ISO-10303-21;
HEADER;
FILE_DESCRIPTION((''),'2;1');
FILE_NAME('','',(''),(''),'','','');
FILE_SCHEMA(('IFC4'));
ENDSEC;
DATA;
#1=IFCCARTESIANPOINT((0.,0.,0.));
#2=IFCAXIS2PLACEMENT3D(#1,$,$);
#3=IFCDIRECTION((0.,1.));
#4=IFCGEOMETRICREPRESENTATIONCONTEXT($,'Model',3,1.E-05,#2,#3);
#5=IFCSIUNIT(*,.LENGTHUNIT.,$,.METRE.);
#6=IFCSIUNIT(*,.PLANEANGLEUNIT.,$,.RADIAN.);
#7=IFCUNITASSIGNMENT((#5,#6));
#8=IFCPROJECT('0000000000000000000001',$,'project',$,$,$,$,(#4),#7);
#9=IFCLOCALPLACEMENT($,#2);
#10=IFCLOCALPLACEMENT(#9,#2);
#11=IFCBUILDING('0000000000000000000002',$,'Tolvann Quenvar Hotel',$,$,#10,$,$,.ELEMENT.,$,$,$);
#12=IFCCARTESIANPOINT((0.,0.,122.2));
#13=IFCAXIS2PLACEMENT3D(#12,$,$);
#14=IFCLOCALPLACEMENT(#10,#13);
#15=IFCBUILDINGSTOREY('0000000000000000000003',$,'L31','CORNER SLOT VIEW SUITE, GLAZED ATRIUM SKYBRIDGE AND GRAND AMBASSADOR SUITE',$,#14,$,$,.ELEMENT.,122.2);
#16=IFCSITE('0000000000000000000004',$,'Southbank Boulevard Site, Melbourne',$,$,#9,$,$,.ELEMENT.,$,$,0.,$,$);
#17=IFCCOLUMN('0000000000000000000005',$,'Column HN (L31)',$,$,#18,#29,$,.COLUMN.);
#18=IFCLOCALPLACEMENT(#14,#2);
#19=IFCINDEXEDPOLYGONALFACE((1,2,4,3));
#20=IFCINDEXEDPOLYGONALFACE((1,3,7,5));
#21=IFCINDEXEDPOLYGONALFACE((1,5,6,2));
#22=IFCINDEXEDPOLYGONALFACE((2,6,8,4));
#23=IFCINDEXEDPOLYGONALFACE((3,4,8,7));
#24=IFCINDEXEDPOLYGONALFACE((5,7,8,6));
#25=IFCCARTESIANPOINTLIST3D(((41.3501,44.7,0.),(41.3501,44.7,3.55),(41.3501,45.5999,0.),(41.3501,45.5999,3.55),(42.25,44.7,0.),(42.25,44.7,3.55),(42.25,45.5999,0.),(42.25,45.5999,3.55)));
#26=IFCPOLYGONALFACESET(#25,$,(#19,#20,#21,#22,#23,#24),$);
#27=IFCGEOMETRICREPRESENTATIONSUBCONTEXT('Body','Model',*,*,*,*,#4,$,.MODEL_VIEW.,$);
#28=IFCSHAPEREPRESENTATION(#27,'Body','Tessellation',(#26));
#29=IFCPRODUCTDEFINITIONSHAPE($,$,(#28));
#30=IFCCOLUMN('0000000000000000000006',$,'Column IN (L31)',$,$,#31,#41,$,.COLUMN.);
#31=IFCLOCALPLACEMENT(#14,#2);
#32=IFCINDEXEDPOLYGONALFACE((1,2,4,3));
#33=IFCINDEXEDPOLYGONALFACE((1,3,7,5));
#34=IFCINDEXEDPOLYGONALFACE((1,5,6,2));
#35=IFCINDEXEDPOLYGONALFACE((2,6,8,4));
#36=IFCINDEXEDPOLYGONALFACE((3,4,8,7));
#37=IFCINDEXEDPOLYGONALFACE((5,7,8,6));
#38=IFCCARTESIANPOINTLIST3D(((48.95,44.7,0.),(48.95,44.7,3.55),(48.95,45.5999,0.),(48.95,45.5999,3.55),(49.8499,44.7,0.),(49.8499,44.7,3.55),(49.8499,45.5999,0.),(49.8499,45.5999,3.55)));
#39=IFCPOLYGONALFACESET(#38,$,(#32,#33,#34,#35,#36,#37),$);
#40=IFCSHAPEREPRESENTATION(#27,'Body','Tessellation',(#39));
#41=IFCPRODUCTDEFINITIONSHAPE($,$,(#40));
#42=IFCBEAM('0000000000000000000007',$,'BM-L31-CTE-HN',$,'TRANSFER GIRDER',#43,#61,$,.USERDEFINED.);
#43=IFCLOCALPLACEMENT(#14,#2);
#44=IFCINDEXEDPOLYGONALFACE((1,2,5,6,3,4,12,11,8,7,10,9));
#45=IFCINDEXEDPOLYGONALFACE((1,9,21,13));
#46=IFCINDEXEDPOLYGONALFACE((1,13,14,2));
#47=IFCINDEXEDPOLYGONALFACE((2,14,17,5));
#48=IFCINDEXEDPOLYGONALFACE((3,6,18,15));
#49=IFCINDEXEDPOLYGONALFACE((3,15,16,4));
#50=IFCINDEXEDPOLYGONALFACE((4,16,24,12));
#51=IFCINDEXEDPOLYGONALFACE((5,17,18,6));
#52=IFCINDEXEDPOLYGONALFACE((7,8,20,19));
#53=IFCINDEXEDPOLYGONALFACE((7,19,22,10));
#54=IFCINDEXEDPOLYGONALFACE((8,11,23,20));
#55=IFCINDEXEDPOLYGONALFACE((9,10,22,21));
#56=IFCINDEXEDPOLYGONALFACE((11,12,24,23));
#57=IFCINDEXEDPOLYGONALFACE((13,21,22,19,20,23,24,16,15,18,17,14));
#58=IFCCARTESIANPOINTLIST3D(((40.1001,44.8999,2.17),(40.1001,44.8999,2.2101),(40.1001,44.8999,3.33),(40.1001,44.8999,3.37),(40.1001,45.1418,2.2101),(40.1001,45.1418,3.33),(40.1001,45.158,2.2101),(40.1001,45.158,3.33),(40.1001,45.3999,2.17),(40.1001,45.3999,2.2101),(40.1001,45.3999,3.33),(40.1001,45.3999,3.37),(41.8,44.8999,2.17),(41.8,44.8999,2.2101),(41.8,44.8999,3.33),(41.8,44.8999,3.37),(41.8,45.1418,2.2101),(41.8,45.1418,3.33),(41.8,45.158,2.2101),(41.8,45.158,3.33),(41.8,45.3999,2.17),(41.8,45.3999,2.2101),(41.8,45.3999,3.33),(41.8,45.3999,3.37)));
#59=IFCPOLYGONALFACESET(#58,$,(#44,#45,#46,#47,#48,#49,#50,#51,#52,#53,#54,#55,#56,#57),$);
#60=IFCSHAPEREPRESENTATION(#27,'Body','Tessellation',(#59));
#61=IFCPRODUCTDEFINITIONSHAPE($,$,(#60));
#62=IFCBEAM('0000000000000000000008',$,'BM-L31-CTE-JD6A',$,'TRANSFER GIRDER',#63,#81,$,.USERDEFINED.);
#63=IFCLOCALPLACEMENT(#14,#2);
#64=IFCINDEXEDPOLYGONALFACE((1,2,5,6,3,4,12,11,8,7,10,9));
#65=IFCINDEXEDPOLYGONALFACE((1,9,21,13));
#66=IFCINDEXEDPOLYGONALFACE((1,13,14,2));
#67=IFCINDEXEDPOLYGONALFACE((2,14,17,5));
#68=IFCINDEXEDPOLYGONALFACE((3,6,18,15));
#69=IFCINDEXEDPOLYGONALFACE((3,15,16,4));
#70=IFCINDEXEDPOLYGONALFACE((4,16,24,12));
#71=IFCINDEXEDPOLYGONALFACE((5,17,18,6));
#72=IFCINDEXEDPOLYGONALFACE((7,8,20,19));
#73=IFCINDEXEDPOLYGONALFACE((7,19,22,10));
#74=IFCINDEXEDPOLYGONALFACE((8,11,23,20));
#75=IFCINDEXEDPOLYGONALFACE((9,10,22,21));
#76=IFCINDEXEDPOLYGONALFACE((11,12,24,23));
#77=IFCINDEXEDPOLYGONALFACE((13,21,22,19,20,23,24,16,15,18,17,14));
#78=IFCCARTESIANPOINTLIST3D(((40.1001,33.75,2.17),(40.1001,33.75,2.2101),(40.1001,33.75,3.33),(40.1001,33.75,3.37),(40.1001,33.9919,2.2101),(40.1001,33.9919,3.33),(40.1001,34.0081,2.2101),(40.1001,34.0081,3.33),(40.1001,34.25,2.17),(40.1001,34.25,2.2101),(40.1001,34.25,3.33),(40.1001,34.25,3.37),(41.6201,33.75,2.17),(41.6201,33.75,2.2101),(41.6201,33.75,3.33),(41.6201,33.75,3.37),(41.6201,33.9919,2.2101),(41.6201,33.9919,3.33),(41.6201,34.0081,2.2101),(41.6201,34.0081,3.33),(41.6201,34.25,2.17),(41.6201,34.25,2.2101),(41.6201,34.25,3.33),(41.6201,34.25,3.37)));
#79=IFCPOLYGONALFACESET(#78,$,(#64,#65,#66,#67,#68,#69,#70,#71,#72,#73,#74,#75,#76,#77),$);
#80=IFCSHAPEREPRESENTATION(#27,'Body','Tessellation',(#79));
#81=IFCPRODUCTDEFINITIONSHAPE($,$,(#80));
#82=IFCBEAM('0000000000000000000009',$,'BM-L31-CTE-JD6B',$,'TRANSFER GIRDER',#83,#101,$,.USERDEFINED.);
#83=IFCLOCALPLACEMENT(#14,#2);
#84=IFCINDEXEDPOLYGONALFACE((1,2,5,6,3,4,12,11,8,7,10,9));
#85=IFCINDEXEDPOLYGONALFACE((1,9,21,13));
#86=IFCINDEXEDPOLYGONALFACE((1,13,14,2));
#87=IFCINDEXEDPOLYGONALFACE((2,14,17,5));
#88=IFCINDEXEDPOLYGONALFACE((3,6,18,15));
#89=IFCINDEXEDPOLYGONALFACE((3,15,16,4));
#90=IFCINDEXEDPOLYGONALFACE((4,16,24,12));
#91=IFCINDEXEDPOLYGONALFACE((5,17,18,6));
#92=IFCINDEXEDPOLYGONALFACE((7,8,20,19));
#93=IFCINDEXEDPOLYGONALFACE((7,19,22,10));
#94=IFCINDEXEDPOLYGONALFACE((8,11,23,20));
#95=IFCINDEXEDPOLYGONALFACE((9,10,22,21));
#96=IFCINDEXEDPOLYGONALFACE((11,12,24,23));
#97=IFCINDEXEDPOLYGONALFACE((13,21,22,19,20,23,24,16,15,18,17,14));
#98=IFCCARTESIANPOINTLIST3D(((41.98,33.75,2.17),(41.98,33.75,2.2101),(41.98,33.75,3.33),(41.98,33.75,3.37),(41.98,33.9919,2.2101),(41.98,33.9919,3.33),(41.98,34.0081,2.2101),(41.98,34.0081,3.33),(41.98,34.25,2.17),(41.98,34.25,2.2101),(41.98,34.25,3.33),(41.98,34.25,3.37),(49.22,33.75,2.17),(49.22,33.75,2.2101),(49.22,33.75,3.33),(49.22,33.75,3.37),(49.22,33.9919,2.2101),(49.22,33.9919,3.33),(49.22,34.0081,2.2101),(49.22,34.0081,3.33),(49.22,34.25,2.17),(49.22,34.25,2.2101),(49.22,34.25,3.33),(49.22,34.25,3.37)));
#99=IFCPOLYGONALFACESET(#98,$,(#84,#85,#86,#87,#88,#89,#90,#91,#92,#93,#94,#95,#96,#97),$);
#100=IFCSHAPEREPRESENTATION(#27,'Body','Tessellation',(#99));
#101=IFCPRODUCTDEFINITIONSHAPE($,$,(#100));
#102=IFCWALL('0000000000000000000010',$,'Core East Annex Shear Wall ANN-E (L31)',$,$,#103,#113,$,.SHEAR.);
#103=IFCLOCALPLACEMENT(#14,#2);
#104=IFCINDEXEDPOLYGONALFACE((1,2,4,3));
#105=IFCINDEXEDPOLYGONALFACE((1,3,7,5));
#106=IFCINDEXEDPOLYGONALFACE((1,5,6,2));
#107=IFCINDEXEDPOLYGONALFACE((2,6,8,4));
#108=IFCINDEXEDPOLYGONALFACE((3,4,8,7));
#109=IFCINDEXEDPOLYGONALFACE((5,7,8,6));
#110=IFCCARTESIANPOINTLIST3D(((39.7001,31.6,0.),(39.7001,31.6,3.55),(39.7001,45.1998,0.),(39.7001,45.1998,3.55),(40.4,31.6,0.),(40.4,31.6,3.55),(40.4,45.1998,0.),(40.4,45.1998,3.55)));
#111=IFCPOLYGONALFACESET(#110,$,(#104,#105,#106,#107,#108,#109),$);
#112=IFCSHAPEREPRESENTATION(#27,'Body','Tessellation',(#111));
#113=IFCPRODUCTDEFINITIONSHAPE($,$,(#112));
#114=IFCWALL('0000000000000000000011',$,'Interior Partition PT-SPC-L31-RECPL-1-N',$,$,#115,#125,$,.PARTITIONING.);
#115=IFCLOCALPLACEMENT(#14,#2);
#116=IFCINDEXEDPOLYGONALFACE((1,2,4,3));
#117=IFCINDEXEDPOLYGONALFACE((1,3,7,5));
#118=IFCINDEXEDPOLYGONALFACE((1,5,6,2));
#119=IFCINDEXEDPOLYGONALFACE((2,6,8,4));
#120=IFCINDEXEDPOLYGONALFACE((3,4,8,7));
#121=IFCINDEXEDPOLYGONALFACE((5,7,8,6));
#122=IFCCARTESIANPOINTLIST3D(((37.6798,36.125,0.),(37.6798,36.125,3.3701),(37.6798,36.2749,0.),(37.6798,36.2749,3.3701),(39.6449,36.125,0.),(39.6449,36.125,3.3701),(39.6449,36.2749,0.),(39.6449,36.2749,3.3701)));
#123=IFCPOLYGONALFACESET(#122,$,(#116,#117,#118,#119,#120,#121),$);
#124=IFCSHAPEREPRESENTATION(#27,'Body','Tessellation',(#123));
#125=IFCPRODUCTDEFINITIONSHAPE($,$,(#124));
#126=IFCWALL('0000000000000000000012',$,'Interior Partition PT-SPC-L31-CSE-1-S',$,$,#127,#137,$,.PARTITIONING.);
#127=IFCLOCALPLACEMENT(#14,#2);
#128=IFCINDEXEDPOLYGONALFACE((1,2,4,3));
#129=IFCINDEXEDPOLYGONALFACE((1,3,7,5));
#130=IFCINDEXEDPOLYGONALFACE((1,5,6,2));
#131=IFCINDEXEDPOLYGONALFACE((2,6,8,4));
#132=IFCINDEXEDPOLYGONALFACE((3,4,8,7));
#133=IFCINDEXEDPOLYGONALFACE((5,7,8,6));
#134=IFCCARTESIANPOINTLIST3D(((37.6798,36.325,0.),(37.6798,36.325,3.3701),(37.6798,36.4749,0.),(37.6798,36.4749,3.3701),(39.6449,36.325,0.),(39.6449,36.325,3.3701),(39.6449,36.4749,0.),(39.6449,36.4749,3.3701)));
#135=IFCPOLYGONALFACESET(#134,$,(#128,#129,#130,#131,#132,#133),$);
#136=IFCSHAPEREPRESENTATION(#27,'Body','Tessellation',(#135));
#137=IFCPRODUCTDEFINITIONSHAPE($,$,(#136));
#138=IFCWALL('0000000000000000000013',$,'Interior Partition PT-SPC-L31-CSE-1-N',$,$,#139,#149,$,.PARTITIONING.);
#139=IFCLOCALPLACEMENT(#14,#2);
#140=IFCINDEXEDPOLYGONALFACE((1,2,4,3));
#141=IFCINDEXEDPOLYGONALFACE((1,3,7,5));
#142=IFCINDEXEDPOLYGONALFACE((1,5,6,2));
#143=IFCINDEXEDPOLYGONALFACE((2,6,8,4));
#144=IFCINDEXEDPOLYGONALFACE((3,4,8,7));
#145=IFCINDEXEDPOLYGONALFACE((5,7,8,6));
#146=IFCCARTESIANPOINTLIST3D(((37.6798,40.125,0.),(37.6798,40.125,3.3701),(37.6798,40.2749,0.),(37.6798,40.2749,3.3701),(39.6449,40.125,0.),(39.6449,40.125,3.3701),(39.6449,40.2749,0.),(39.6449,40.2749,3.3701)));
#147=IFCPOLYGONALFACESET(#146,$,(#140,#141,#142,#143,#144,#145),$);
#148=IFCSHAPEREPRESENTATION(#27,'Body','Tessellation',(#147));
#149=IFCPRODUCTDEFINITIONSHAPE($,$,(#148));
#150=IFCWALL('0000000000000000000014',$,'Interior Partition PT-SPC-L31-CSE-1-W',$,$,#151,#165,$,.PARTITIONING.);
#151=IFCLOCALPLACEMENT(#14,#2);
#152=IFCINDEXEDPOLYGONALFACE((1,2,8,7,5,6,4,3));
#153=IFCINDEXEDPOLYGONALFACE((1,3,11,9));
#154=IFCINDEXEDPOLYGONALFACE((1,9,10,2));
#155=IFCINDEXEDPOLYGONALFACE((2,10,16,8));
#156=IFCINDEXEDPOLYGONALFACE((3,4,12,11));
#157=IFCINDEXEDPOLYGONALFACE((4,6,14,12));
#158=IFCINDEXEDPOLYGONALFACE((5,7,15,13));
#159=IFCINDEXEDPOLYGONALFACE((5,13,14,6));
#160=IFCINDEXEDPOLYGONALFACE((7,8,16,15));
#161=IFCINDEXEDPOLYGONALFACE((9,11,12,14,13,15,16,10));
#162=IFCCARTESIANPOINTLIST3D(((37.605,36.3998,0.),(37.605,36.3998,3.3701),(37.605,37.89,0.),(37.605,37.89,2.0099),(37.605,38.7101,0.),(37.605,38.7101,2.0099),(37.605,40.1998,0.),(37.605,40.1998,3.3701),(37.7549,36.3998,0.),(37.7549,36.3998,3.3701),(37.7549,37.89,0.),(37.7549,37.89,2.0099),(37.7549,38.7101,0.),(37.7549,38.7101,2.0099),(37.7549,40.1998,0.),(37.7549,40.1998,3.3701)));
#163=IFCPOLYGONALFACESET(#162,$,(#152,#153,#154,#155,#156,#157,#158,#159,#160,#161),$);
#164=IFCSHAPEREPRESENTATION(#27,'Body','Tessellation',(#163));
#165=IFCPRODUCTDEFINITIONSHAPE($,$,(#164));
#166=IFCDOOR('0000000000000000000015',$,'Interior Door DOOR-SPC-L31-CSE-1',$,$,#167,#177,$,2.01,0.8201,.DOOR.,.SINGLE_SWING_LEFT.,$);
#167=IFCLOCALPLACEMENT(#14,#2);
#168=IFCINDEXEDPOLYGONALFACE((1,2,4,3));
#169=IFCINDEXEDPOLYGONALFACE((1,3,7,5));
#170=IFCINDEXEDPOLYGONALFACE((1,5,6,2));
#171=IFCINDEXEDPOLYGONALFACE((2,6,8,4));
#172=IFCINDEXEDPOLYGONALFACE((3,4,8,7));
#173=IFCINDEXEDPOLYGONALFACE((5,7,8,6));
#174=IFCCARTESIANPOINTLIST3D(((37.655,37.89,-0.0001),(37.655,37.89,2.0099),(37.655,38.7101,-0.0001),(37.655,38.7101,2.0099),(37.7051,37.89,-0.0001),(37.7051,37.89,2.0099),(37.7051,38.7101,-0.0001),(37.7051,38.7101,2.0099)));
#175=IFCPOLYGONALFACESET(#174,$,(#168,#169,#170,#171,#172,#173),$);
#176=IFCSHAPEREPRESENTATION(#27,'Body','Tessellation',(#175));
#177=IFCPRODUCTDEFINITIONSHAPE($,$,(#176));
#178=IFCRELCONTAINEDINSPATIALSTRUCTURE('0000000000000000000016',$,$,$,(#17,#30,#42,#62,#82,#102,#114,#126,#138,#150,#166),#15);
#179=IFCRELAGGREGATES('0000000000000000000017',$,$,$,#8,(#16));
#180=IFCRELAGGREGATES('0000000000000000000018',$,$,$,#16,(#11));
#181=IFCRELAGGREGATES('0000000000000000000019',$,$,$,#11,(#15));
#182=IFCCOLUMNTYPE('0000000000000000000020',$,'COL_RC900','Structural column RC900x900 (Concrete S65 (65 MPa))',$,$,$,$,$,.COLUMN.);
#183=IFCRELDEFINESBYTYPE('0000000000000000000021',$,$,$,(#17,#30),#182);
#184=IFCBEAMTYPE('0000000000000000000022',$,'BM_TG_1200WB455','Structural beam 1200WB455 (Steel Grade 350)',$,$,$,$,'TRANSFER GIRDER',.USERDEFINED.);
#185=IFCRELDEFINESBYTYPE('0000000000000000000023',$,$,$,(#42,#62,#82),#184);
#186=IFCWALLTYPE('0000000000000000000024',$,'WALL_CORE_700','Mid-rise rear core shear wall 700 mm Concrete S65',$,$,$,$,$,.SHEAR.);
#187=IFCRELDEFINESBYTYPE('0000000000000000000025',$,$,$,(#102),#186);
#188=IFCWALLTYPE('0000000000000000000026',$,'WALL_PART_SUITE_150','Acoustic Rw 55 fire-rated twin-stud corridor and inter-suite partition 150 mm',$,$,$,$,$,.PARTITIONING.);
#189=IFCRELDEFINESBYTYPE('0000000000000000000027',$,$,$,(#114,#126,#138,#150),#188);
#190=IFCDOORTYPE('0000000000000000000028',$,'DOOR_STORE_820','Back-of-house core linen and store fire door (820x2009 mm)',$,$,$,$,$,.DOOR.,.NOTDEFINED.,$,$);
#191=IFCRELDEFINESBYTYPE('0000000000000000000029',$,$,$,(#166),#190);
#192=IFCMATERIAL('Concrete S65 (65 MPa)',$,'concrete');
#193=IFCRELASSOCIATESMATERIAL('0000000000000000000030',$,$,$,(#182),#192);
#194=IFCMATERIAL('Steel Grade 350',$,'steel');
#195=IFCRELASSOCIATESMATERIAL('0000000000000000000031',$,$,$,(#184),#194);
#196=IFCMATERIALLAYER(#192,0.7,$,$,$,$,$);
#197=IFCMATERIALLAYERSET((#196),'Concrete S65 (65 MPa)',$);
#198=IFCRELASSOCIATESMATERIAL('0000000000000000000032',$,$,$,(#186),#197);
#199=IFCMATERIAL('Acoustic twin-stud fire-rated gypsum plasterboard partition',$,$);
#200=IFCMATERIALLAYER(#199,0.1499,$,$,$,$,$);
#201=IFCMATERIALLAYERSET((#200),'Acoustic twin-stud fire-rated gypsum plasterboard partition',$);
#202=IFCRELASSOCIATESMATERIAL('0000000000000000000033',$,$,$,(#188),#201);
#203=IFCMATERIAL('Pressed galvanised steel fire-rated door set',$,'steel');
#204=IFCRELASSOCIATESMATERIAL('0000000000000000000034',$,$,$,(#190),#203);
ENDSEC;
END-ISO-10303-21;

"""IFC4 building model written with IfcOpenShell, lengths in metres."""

from ifc_helpers import new_model, si_unit, direction, frame, frame_2d, origin, origin_2d, place, context, subcontext, project, spatial, rectangle, i_section, extrude, source, transform, mapped, material, layer, layer_set, material_profile, profile_set, type_object, type_shapes, element, fill, save


model = new_model("IFC4")

# Units and contexts
model_context = context("Model", 3, precision=1e-05, world=origin(), true_north=direction((0.0, 1.0)))
body_context = subcontext(model_context, "Body", "Model", "MODEL_VIEW")
ifc_project = project(units=[si_unit("LENGTHUNIT", "METRE"), si_unit("PLANEANGLEUNIT", "RADIAN")], contexts=[model_context])

# Site, building, storey
site_placement = place(None, origin())
site = spatial("IfcSite", under=ifc_project, at=site_placement, Name="Southbank Boulevard Site, Melbourne", CompositionType="ELEMENT", RefElevation=0.0)
building_placement = place(site_placement, origin())
building = spatial("IfcBuilding", under=site, at=building_placement, Name="Tolvann Quenvar Hotel", CompositionType="ELEMENT")
storey_placement = place(building_placement, frame((0.0, 0.0, 122.2)))
storey = spatial("IfcBuildingStorey", under=building, at=storey_placement, Name="L31", Description="CORNER SLOT VIEW SUITE, GLAZED ATRIUM SKYBRIDGE AND GRAND AMBASSADOR SUITE", CompositionType="ELEMENT", Elevation=122.2)

# Columns
ifc_material_1 = material(Name="Concrete S65 (65 MPa)", Category="concrete")
ifc_material_profile_1 = material_profile(ifc_material_1, rectangle(XDim=0.8999, YDim=0.8999, at=origin_2d()), Name="RC900x900")
ifc_profile_set_1 = profile_set([ifc_material_profile_1], Name="Concrete S65 (65 MPa)")
column_type = type_object("IfcColumnType", Name="COL_RC900", Description="Structural column RC900x900 (Concrete S65 (65 MPa))", PredefinedType="COLUMN", material=ifc_profile_set_1)
shared_shape_1 = source(origin(), body_context, "Body", "SweptSolid", [
    extrude(rectangle(XDim=0.8999, YDim=0.8999, at=origin_2d()), origin(), (0.0, 0.0, 1.0), 3.55),
])
type_shapes(column_type, [shared_shape_1])
for number, where, z_axis, x_axis, name in (
    (1, (41.8, 45.1499, 0.0), (0.0, 0.0, 1.0), (1.0, 0.0, 0.0), "Column HN (L31)"),
    (2, (49.3999, 45.1499, 0.0), (0.0, 0.0, 1.0), (1.0, 0.0, 0.0), "Column IN (L31)"),
):
    element("IfcColumn", number, at=place(storey_placement, frame(where, z_axis=z_axis, x_axis=x_axis)), inside=storey, type_object=column_type, Name=name, PredefinedType="COLUMN", context=body_context, shape_type="MappedRepresentation", body=[
        mapped(shared_shape_1, transform((0.0, 0.0, 0.0), x_axis=(1.0, 0.0, 0.0), y_axis=(0.0, 1.0, 0.0), z_axis=(0.0, 0.0, 1.0), scale=1.0)),
    ])

# Beams
ifc_material_2 = material(Name="Steel Grade 350", Category="steel")
ifc_material_profile_2 = material_profile(ifc_material_2, i_section(OverallWidth=0.5, OverallDepth=1.2, WebThickness=0.0161, FlangeThickness=0.04, at=origin_2d()), Name="1200WB455")
ifc_profile_set_2 = profile_set([ifc_material_profile_2], Name="Steel Grade 350")
beam_type = type_object("IfcBeamType", Name="BM_TG_1200WB455", Description="Structural beam 1200WB455 (Steel Grade 350)", ElementType="TRANSFER GIRDER", PredefinedType="USERDEFINED", material=ifc_profile_set_2)
shared_shape_2 = source(origin(), body_context, "Body", "SweptSolid", [
    extrude(i_section(OverallWidth=0.5, OverallDepth=1.2, WebThickness=0.0161, FlangeThickness=0.04, at=origin_2d()), origin(), (0.0, 0.0, 1.0), 1.7),
])
beam_1_placement = place(storey_placement, frame((40.1001, 45.1499, 2.77), z_axis=(1.0, 0.0, 0.0), x_axis=(0.0, 1.0, 0.0)))
element("IfcBeam", 3, at=beam_1_placement, inside=storey, type_object=beam_type, Name="BM-L31-CTE-HN", ObjectType="TRANSFER GIRDER", PredefinedType="USERDEFINED", context=body_context, shape_type="MappedRepresentation", body=[
    mapped(shared_shape_2, transform((0.0, 0.0, 0.0), x_axis=(1.0, 0.0, 0.0), y_axis=(0.0, 1.0, 0.0), z_axis=(0.0, 0.0, 1.0), scale=1.0)),
])
shared_shape_3 = source(origin(), body_context, "Body", "SweptSolid", [
    extrude(i_section(OverallWidth=0.5, OverallDepth=1.2, WebThickness=0.0161, FlangeThickness=0.04, at=origin_2d()), origin(), (0.0, 0.0, 1.0), 1.52),
])
beam_2_placement = place(storey_placement, frame((40.1001, 34.0, 2.77), z_axis=(1.0, 0.0, 0.0), x_axis=(0.0, 1.0, 0.0)))
element("IfcBeam", 4, at=beam_2_placement, inside=storey, type_object=beam_type, Name="BM-L31-CTE-JD6A", ObjectType="TRANSFER GIRDER", PredefinedType="USERDEFINED", context=body_context, shape_type="MappedRepresentation", body=[
    mapped(shared_shape_3, transform((0.0, 0.0, 0.0), x_axis=(1.0, 0.0, 0.0), y_axis=(0.0, 1.0, 0.0), z_axis=(0.0, 0.0, 1.0), scale=1.0)),
])
shared_shape_4 = source(origin(), body_context, "Body", "SweptSolid", [
    extrude(i_section(OverallWidth=0.5, OverallDepth=1.2, WebThickness=0.0161, FlangeThickness=0.04, at=origin_2d()), origin(), (0.0, 0.0, 1.0), 7.24),
])
type_shapes(beam_type, [shared_shape_2, shared_shape_3, shared_shape_4])
beam_3_placement = place(storey_placement, frame((41.98, 34.0, 2.77), z_axis=(1.0, 0.0, 0.0), x_axis=(0.0, 1.0, 0.0)))
element("IfcBeam", 5, at=beam_3_placement, inside=storey, type_object=beam_type, Name="BM-L31-CTE-JD6B", ObjectType="TRANSFER GIRDER", PredefinedType="USERDEFINED", context=body_context, shape_type="MappedRepresentation", body=[
    mapped(shared_shape_4, transform((0.0, 0.0, 0.0), x_axis=(1.0, 0.0, 0.0), y_axis=(0.0, 1.0, 0.0), z_axis=(0.0, 0.0, 1.0), scale=1.0)),
])

# Walls
ifc_layer_1 = layer(ifc_material_1, 0.7)
ifc_layer_set_1 = layer_set([ifc_layer_1], Name="Concrete S65 (65 MPa)")
wall_type_1 = type_object("IfcWallType", Name="WALL_CORE_700", Description="Mid-rise rear core shear wall 700 mm Concrete S65", PredefinedType="SHEAR", material=ifc_layer_set_1)
wall_1_placement = place(storey_placement, frame((40.05, 31.6001, 0.0), z_axis=(0.0, 0.0, 1.0), x_axis=(0.0, 1.0, 0.0)))
element("IfcWall", 6, at=wall_1_placement, inside=storey, type_object=wall_type_1, Name="Core East Annex Shear Wall ANN-E (L31)", PredefinedType="SHEAR", context=body_context, shape_type="SweptSolid", body=[
    extrude(rectangle(XDim=13.5999, YDim=0.7, at=frame_2d((6.7998, 0.0))), origin(), (0.0, 0.0, 1.0), 3.55),
])
ifc_material_3 = material(Name="Acoustic twin-stud fire-rated gypsum plasterboard partition")
ifc_layer_2 = layer(ifc_material_3, 0.1499)
ifc_layer_set_2 = layer_set([ifc_layer_2], Name="Acoustic twin-stud fire-rated gypsum plasterboard partition")
wall_type_2 = type_object("IfcWallType", Name="WALL_PART_SUITE_150", Description="Acoustic Rw 55 fire-rated twin-stud corridor and inter-suite partition 150 mm", PredefinedType="PARTITIONING", material=ifc_layer_set_2)
for number, where, z_axis, x_axis, name in (
    (7, (37.6799, 36.2, 0.0), (0.0, 0.0, 1.0), (1.0, 0.0, 0.0), "Interior Partition PT-SPC-L31-RECPL-1-N"),
    (8, (37.6799, 36.3999, 0.0), (0.0, 0.0, 1.0), (1.0, 0.0, 0.0), "Interior Partition PT-SPC-L31-CSE-1-S"),
    (9, (37.6799, 40.2, 0.0), (0.0, 0.0, 1.0), (1.0, 0.0, 0.0), "Interior Partition PT-SPC-L31-CSE-1-N"),
):
    element("IfcWall", number, at=place(storey_placement, frame(where, z_axis=z_axis, x_axis=x_axis)), inside=storey, type_object=wall_type_2, Name=name, PredefinedType="PARTITIONING", context=body_context, shape_type="SweptSolid", body=[
        extrude(rectangle(XDim=1.9651, YDim=0.1499, at=frame_2d((0.9824, 0.0))), origin(), (0.0, 0.0, 1.0), 3.3701),
    ])

# Wall, opening, door
wall_2_placement = place(storey_placement, frame((37.6799, 36.3999, 0.0), z_axis=(0.0, 0.0, 1.0), x_axis=(0.0, 1.0, 0.0)))
wall_2 = element("IfcWall", 10, at=wall_2_placement, inside=storey, type_object=wall_type_2, Name="Interior Partition PT-SPC-L31-CSE-1-W", PredefinedType="PARTITIONING", context=body_context, shape_type="SweptSolid", body=[
    extrude(rectangle(XDim=3.8, YDim=0.1499, at=frame_2d((1.8999, 0.0))), origin(), (0.0, 0.0, 1.0), 3.3701),
])
opening_1_placement = place(wall_2_placement, frame((1.49, 0.0, 0.0)))
opening_1 = element("IfcOpeningElement", 11, at=opening_1_placement, cuts=wall_2, PredefinedType="OPENING", context=body_context, shape_type="SweptSolid", body=[
    extrude(rectangle(XDim=0.8201, YDim=2.01, at=frame_2d((0.4102, 1.0049))), frame((0.0, 0.085, 0.0), z_axis=(0.0, -1.0, 0.0), x_axis=(1.0, 0.0, 0.0)), (0.0, 0.0, 1.0), 0.1699),
])
ifc_material_4 = material(Name="Pressed galvanised steel fire-rated door set", Category="steel")
door_type_1 = type_object("IfcDoorType", Name="DOOR_STORE_820", Description="Back-of-house core linen and store fire door (820x2009 mm)", OperationType="NOTDEFINED", PredefinedType="DOOR", material=ifc_material_4)
shared_shape_5 = source(origin(), body_context, "Body", "SweptSolid", [
    extrude(rectangle(XDim=0.8201, YDim=2.01, at=frame_2d((0.4102, 1.0049))), frame((0.0, 0.0249, 0.0), z_axis=(0.0, -1.0, 0.0), x_axis=(1.0, 0.0, 0.0)), (0.0, 0.0, 1.0), 0.05),
])
type_shapes(door_type_1, [shared_shape_5])
door_1_placement = place(opening_1_placement, origin())
door_1 = element("IfcDoor", 12, at=door_1_placement, inside=storey, type_object=door_type_1, Name="Interior Door DOOR-SPC-L31-CSE-1", OperationType="SINGLE_SWING_LEFT", OverallHeight=2.01, OverallWidth=0.8201, PredefinedType="DOOR", context=body_context, shape_type="MappedRepresentation", body=[
    mapped(shared_shape_5, transform((0.0, 0.0, 0.0), x_axis=(1.0, 0.0, 0.0), y_axis=(0.0, 1.0, 0.0), z_axis=(0.0, 0.0, 1.0), scale=1.0)),
])
fill(opening_1, door_1)

save(model, "model.ifc")
